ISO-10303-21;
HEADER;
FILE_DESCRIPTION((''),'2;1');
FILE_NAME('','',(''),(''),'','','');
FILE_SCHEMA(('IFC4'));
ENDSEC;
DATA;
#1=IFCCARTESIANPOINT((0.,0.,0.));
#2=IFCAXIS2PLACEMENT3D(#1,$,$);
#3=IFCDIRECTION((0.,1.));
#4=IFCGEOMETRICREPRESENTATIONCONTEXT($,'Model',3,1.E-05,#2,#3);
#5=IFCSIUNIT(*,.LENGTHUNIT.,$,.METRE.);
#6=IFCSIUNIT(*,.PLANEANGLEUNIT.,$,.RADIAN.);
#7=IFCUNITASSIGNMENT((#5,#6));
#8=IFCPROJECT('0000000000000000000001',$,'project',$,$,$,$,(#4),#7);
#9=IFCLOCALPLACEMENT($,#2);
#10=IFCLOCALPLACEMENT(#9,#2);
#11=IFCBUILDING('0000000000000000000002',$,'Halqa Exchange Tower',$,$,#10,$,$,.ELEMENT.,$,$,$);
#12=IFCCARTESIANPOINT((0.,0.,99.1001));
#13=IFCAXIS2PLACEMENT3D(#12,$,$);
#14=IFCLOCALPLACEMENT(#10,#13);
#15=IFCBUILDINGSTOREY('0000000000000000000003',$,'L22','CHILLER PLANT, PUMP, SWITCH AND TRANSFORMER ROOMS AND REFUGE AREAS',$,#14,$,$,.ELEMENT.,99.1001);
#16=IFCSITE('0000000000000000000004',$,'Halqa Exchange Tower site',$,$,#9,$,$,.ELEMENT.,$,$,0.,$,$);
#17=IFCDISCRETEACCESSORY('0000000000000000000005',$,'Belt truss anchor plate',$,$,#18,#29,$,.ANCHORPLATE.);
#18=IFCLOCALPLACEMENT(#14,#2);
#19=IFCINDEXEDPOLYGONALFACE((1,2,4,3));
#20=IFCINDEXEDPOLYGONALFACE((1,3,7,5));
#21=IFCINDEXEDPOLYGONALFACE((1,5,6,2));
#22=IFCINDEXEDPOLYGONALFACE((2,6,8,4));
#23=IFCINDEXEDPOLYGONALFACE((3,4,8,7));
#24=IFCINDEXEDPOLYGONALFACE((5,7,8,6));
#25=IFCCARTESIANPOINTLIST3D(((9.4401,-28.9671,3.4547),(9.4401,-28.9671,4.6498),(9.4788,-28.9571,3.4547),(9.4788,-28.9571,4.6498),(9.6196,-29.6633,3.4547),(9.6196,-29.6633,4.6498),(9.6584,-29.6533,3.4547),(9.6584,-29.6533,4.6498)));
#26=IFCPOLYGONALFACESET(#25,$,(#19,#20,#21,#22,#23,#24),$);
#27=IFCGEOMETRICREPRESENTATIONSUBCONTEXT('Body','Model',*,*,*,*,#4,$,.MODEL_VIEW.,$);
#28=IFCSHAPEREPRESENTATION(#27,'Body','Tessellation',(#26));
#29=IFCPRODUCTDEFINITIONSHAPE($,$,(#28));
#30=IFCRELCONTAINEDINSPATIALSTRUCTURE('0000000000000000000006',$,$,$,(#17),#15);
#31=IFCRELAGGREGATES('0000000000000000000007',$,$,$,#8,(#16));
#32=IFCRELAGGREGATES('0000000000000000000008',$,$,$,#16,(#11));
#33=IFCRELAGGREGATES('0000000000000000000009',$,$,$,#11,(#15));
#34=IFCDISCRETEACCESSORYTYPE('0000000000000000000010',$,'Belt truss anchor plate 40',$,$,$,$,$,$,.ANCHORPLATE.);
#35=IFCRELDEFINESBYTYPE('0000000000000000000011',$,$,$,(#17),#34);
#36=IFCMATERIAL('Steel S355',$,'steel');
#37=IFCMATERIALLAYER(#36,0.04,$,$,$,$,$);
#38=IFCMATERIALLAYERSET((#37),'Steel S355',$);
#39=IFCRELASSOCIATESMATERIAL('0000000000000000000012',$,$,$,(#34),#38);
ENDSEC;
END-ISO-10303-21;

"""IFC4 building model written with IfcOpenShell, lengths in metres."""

from ifc_helpers import new_model, si_unit, direction, frame, origin, origin_2d, place, context, subcontext, project, spatial, rectangle, extrude, material, layer, layer_set, type_object, element, save


model = new_model("IFC4")

# Units and contexts
model_context = context("Model", 3, precision=1e-05, world=origin(), true_north=direction((0.0, 1.0)))
body_context = subcontext(model_context, "Body", "Model", "MODEL_VIEW")
ifc_project = project(units=[si_unit("LENGTHUNIT", "METRE"), si_unit("PLANEANGLEUNIT", "RADIAN")], contexts=[model_context])

# Site, building, storey
site_placement = place(None, origin())
site = spatial("IfcSite", under=ifc_project, at=site_placement, Name="Halqa Exchange Tower site", CompositionType="ELEMENT", RefElevation=0.0)
building_placement = place(site_placement, origin())
building = spatial("IfcBuilding", under=site, at=building_placement, Name="Halqa Exchange Tower", CompositionType="ELEMENT")
storey_placement = place(building_placement, frame((0.0, 0.0, 99.1001)))
storey = spatial("IfcBuildingStorey", under=building, at=storey_placement, Name="L22", Description="CHILLER PLANT, PUMP, SWITCH AND TRANSFORMER ROOMS AND REFUGE AREAS", CompositionType="ELEMENT", Elevation=99.1001)

# Shared definitions
ifc_material_1 = material(Name="Steel S355", Category="steel")

# Discrete accessory
ifc_layer = layer(ifc_material_1, 0.04)
ifc_layer_set = layer_set([ifc_layer], Name="Steel S355")
discrete_accessory_type = type_object("IfcDiscreteAccessoryType", Name="Belt truss anchor plate 40", PredefinedType="ANCHORPLATE", material=ifc_layer_set)
discrete_accessory_1_placement = place(storey_placement, frame((9.5686, -29.3052, 4.0522), z_axis=(-0.968325, -0.249694, 0.0), x_axis=(0.249694, -0.968325, 0.0)))
element("IfcDiscreteAccessory", 1, at=discrete_accessory_1_placement, inside=storey, type_object=discrete_accessory_type, Name="Belt truss anchor plate", PredefinedType="ANCHORPLATE", context=body_context, shape_type="SweptSolid", body=[
    extrude(rectangle(XDim=0.719, YDim=1.1951, at=origin_2d()), origin(), (0.0, 0.0, 1.0), 0.04),
])

save(model, "model.ifc")
